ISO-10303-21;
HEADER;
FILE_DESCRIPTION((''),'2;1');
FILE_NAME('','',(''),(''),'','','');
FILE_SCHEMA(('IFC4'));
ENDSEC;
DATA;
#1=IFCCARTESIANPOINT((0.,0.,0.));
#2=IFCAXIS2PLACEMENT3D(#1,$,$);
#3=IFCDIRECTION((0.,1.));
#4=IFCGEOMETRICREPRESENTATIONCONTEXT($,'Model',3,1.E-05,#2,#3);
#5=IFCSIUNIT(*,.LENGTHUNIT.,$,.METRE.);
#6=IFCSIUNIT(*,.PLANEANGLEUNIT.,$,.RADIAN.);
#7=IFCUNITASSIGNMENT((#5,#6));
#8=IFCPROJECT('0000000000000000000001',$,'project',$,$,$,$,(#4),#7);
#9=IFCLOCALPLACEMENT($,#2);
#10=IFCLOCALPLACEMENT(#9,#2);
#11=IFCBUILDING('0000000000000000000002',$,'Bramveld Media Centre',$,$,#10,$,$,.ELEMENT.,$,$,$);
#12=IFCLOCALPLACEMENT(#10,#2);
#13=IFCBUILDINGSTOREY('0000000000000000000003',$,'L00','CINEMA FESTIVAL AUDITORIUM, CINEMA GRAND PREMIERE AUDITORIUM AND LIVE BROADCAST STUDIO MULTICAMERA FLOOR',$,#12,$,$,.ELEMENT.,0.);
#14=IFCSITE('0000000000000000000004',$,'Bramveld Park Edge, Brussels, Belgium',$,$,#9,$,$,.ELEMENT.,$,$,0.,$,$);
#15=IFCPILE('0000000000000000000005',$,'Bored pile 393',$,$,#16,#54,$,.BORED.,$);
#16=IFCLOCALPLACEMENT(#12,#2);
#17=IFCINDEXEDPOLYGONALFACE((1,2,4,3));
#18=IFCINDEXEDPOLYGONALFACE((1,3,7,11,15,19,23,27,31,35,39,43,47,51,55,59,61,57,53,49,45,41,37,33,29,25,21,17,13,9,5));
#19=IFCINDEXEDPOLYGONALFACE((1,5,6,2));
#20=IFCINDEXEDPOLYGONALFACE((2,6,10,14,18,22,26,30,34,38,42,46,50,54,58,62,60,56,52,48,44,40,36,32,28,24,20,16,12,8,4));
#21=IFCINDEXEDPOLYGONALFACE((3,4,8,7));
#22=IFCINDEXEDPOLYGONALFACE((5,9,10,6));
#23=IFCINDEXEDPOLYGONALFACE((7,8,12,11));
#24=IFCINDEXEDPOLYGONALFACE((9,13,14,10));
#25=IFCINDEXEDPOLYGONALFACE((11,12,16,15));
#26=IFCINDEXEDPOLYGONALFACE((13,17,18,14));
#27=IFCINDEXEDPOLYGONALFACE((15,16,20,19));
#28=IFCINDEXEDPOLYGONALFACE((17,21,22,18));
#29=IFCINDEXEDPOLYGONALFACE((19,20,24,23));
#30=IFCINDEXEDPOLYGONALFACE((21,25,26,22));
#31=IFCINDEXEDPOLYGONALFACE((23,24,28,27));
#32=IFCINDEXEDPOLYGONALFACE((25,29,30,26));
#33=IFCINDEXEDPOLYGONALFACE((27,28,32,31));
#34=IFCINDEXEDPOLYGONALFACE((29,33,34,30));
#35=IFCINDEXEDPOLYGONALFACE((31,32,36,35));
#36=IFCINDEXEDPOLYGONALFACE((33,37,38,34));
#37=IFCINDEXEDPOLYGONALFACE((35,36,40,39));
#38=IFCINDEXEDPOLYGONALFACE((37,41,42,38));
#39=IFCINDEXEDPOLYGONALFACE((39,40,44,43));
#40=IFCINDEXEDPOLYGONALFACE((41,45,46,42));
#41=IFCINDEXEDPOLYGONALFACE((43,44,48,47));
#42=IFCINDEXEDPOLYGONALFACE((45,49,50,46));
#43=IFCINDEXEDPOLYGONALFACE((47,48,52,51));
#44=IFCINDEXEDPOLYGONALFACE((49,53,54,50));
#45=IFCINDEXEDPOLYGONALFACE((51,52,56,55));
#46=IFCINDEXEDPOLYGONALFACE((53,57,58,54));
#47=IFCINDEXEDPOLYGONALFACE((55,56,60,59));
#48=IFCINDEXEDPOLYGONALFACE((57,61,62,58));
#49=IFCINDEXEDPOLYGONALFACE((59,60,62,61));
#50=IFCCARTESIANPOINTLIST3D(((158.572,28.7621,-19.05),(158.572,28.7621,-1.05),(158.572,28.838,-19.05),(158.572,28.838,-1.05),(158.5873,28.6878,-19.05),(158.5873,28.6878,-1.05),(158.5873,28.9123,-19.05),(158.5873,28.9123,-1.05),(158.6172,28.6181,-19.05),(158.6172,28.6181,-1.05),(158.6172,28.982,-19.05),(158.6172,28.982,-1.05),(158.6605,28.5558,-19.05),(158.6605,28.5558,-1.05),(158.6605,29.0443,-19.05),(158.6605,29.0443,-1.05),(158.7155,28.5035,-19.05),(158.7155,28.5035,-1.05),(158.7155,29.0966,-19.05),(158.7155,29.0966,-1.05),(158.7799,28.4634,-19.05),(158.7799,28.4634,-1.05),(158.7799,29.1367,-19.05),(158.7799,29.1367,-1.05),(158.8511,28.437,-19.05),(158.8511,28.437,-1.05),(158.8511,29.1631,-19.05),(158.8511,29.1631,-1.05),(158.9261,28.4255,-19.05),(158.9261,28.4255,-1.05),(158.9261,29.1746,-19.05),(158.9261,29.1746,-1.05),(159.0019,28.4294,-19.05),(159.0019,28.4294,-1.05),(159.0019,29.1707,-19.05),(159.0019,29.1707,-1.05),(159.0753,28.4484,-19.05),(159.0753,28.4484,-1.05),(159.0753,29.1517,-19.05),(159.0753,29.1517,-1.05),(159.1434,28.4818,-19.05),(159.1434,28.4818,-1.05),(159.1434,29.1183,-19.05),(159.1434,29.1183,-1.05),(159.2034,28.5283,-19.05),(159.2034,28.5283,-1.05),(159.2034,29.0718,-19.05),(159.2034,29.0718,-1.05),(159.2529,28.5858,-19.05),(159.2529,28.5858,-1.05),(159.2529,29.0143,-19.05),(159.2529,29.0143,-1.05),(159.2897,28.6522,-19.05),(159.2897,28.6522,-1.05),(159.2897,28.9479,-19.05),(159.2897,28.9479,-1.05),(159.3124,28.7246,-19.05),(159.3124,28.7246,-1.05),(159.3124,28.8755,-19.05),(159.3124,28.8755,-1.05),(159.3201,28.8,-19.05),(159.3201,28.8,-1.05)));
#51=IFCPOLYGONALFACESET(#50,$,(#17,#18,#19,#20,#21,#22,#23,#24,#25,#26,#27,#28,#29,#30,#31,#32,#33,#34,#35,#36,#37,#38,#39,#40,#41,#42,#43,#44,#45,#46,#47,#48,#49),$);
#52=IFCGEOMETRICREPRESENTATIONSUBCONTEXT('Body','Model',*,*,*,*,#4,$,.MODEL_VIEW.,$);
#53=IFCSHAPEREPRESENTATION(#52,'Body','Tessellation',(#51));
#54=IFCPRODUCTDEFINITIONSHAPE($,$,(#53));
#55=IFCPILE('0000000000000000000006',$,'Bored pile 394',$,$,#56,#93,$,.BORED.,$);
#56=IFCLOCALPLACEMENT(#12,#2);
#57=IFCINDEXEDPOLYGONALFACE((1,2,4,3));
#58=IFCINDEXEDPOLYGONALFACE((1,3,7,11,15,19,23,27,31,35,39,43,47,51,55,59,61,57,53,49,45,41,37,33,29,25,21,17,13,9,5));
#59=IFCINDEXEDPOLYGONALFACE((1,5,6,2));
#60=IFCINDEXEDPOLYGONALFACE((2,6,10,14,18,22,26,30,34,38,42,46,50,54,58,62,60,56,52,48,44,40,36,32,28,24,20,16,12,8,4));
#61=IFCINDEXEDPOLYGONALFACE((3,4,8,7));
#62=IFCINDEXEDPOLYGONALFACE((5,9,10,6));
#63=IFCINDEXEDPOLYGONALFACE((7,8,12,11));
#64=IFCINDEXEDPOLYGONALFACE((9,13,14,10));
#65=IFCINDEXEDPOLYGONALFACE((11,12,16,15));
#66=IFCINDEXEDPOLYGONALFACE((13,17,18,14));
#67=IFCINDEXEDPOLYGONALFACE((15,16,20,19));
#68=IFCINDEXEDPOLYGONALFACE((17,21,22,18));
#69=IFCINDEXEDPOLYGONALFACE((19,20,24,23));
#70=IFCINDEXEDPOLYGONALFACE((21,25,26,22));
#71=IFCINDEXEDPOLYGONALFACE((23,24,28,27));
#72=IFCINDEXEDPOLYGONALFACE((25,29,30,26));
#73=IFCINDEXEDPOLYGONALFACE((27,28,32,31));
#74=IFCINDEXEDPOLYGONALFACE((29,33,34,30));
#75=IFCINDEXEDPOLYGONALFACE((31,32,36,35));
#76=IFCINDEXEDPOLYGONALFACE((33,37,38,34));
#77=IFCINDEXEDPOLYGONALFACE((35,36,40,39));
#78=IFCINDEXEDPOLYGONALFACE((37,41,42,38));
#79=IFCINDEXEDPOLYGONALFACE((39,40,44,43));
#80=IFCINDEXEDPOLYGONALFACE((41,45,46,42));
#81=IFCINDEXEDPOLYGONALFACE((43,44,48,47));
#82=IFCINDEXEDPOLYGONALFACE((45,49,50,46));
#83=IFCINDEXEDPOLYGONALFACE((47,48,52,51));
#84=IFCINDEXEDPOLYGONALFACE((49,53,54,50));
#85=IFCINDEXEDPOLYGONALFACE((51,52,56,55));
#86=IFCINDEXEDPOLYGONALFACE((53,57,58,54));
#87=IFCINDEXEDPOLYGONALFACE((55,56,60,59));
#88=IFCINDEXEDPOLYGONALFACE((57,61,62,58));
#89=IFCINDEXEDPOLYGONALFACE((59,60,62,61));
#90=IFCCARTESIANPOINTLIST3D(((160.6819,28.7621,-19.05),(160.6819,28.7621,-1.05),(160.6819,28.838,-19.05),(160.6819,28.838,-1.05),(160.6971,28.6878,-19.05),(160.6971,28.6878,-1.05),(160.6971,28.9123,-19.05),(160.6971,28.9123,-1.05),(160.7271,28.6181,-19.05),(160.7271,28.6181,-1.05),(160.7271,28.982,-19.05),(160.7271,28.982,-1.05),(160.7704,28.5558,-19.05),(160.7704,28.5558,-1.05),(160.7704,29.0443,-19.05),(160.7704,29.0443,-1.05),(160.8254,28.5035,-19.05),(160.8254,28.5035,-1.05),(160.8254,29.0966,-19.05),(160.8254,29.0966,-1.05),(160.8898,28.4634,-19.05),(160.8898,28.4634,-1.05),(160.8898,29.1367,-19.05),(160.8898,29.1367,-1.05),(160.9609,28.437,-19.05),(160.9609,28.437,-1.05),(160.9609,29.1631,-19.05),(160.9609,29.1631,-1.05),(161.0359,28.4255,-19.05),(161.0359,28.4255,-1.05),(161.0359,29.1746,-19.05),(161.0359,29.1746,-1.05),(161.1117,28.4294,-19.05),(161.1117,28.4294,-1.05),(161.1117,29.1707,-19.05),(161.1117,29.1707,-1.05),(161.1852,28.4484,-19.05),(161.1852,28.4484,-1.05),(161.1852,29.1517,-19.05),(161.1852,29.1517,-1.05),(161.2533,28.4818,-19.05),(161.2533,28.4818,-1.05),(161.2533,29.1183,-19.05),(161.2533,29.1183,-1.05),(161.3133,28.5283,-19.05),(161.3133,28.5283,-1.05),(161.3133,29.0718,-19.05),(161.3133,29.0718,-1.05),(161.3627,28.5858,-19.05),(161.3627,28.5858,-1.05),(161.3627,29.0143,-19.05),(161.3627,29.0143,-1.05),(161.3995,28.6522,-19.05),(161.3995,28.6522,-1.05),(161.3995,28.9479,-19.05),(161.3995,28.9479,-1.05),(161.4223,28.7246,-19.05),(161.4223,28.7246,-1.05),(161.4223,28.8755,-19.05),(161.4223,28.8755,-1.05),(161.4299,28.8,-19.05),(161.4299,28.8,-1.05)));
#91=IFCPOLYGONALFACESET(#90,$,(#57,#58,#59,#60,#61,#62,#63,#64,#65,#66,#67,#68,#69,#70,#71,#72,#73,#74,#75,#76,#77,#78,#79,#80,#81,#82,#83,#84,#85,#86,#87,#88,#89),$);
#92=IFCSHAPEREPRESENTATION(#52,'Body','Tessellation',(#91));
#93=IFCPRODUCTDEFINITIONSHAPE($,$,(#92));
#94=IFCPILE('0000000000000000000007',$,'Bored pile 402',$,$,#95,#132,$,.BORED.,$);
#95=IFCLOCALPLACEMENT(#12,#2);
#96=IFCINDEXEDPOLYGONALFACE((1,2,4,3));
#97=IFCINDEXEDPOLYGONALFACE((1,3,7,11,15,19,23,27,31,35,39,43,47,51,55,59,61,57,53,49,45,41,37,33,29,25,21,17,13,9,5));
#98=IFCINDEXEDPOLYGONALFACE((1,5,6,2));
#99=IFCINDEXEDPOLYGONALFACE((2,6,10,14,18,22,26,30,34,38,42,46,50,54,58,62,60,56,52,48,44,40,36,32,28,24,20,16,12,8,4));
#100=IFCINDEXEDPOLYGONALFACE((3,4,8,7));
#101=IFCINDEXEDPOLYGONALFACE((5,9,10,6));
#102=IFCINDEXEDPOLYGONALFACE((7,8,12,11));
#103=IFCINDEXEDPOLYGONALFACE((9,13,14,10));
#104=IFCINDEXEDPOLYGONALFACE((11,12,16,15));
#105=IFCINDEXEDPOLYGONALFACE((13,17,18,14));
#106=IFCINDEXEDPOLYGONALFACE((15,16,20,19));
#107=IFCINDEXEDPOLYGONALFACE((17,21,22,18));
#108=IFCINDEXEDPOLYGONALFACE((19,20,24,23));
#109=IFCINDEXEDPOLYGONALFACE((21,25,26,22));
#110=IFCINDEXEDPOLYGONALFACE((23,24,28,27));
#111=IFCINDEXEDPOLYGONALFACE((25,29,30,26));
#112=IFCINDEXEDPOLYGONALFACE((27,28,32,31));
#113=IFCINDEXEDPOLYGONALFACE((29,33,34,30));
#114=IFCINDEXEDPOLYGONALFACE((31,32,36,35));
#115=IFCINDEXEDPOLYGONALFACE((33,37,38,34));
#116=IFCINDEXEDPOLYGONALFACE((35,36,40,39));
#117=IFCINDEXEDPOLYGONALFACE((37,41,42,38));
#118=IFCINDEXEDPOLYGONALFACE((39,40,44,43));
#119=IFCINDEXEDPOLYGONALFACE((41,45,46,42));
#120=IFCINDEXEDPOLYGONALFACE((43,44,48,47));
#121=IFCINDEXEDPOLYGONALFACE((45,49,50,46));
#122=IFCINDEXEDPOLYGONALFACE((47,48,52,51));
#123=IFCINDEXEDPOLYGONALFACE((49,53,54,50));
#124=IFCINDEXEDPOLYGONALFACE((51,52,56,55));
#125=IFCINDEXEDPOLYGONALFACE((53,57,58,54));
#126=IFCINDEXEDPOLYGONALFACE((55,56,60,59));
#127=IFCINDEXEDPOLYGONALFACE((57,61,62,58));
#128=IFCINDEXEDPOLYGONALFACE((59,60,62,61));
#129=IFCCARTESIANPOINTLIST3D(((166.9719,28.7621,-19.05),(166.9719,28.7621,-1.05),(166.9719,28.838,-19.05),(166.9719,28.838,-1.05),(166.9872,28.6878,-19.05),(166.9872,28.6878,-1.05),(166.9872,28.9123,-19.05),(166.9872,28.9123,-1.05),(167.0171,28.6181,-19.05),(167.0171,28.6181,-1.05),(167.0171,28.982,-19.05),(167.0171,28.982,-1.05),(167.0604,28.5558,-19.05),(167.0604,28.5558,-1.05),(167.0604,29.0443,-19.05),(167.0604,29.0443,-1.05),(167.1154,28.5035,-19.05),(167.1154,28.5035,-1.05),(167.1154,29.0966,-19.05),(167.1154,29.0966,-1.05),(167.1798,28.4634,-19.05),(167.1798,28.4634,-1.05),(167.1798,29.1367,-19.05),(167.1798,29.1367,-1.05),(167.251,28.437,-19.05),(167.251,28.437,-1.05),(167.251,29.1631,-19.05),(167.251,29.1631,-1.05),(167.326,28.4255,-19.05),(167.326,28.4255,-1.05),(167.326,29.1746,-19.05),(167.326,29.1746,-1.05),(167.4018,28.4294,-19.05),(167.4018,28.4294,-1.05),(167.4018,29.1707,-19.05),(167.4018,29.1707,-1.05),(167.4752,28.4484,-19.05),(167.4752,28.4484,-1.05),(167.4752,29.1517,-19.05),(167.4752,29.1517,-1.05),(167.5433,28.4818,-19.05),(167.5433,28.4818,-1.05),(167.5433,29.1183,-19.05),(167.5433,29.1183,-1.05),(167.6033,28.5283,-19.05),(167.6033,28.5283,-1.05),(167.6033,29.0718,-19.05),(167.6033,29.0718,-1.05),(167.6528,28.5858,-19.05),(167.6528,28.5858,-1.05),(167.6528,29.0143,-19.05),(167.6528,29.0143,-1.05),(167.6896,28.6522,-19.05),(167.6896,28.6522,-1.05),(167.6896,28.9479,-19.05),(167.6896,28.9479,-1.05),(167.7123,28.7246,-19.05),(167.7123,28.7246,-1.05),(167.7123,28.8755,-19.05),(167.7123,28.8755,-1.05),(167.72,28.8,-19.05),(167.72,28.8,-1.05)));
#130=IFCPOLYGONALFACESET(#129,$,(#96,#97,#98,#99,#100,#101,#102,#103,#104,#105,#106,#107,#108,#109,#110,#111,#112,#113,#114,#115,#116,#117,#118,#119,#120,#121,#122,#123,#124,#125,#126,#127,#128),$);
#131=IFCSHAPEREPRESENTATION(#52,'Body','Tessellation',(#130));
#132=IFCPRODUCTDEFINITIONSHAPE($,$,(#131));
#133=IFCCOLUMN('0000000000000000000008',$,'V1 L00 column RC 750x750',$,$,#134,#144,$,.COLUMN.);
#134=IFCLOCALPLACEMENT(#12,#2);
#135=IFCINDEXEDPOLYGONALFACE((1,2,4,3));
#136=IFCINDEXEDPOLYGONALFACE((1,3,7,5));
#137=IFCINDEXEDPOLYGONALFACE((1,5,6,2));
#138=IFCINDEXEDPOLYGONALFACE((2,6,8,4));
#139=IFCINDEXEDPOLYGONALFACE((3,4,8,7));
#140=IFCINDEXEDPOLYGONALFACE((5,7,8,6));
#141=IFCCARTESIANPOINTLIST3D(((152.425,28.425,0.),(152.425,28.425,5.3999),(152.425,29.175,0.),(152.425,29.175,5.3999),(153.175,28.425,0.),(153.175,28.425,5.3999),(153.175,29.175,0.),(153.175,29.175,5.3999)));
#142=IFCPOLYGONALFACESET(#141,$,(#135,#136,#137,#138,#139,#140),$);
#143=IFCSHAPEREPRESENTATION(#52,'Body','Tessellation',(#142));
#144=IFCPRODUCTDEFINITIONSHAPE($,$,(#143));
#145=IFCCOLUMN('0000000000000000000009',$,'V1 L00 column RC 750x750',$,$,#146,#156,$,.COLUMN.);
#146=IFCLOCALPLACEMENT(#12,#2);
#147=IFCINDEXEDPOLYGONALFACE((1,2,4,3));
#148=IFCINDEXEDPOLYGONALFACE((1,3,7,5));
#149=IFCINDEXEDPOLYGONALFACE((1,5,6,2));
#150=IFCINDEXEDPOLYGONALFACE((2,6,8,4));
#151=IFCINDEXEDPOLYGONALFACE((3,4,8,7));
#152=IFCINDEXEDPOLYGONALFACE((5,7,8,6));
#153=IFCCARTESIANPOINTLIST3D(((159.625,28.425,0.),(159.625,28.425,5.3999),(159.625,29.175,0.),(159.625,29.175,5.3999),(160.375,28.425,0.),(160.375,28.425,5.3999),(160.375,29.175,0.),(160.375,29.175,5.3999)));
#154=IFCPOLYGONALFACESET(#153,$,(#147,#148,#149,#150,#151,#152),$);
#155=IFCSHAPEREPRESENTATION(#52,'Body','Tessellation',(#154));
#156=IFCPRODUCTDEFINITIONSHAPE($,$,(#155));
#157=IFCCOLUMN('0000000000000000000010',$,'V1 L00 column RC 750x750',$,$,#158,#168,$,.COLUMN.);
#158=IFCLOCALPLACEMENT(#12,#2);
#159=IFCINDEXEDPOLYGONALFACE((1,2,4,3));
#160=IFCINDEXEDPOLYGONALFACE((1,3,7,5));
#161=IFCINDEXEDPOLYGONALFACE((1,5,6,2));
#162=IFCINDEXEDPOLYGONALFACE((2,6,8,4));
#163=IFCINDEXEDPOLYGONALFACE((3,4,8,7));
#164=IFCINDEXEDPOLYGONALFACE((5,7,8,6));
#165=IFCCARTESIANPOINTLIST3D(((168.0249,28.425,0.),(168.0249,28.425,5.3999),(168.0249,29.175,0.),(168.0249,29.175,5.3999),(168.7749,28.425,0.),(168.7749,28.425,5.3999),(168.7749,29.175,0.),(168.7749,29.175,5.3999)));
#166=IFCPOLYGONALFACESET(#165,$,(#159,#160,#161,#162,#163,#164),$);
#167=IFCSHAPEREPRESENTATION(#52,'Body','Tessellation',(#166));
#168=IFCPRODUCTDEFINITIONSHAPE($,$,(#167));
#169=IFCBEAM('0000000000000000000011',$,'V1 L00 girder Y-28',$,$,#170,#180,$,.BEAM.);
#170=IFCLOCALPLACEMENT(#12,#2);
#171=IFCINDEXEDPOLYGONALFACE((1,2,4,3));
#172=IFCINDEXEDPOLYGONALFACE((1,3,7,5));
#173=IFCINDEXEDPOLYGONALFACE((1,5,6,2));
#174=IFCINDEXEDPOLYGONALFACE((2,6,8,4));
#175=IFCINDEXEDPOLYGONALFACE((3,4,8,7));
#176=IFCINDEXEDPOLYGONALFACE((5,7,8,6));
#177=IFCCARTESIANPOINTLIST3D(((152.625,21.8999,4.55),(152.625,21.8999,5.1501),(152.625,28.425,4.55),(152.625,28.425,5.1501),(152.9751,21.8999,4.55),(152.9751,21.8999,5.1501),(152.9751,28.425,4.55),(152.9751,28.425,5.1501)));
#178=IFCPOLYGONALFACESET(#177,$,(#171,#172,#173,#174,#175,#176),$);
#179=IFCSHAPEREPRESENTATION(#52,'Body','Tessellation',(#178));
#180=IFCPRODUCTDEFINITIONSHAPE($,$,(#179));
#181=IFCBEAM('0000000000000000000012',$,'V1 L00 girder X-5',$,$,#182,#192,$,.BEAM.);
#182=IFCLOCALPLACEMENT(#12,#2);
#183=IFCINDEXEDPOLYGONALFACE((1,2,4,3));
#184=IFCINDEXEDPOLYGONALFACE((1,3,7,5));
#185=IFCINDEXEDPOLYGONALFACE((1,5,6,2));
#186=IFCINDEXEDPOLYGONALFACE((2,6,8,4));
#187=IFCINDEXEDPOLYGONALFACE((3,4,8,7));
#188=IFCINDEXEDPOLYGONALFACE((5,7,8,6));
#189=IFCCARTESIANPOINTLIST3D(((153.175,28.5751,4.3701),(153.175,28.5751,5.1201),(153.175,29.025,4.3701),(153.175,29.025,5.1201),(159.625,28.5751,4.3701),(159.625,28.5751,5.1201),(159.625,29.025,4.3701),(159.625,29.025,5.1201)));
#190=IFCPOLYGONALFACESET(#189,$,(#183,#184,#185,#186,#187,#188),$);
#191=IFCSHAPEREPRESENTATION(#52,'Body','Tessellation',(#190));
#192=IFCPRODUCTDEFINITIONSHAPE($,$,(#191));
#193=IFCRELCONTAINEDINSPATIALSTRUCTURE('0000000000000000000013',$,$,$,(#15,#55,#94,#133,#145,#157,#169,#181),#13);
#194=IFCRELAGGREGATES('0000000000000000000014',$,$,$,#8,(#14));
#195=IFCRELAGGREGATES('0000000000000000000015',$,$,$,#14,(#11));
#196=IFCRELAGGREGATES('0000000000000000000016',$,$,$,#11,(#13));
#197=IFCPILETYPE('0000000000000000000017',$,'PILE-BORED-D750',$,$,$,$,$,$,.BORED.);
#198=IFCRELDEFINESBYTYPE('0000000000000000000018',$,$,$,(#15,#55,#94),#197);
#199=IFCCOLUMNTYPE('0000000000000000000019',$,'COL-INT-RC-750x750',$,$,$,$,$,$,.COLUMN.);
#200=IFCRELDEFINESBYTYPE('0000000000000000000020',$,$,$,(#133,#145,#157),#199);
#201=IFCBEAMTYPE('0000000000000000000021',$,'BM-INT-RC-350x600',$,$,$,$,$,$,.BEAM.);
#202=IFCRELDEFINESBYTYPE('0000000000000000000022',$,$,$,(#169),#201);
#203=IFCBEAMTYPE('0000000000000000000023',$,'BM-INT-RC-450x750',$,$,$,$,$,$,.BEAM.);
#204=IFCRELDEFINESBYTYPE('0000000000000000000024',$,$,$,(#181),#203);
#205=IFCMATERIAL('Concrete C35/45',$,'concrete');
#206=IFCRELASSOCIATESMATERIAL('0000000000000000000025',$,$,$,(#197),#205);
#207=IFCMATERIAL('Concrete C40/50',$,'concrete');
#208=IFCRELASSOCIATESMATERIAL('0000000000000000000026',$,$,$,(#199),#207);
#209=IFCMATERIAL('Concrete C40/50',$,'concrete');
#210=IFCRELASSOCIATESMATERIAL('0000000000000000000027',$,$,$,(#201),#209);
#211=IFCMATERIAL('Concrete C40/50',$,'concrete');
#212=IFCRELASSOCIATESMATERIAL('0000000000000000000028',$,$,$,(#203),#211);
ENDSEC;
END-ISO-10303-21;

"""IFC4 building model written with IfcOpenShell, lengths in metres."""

from ifc_helpers import new_model, si_unit, direction, frame, origin, origin_2d, place, context, subcontext, project, spatial, rectangle, circle, extrude, material, material_profile, profile_set, type_object, element, save


model = new_model("IFC4")

# Units and contexts
model_context = context("Model", 3, precision=1e-05, world=origin(), true_north=direction((0.0, 1.0)))
body_context = subcontext(model_context, "Body", "Model", "MODEL_VIEW")
ifc_project = project(units=[si_unit("LENGTHUNIT", "METRE"), si_unit("PLANEANGLEUNIT", "RADIAN")], contexts=[model_context])

# Site, building, storey
site_placement = place(None, origin())
site = spatial("IfcSite", under=ifc_project, at=site_placement, Name="Bramveld Park Edge, Brussels, Belgium", CompositionType="ELEMENT", RefElevation=0.0)
building_placement = place(site_placement, origin())
building = spatial("IfcBuilding", under=site, at=building_placement, Name="Bramveld Media Centre", CompositionType="ELEMENT")
storey_placement = place(building_placement, origin())
storey = spatial("IfcBuildingStorey", under=building, at=storey_placement, Name="L00", Description="CINEMA FESTIVAL AUDITORIUM, CINEMA GRAND PREMIERE AUDITORIUM AND LIVE BROADCAST STUDIO MULTICAMERA FLOOR", CompositionType="ELEMENT", Elevation=0.0)

# Piles
ifc_material_1 = material(Name="Concrete C35/45", Category="concrete")
ifc_material_profile_1 = material_profile(ifc_material_1, circle(Radius=0.375, at=origin_2d()), Name="BORED D750")
ifc_profile_set_1 = profile_set([ifc_material_profile_1], Name="Concrete C35/45")
pile_type_1 = type_object("IfcPileType", Name="PILE-BORED-D750", PredefinedType="BORED", material=ifc_profile_set_1)
for number, where, z_axis, x_axis, name in (
    (1, (158.9451, 28.8, -1.05), (0.0, 0.0, -1.0), (1.0, 0.0, 0.0), "Bored pile 393"),
    (2, (161.0549, 28.8, -1.05), (0.0, 0.0, -1.0), (1.0, 0.0, 0.0), "Bored pile 394"),
    (3, (167.345, 28.8, -1.05), (0.0, 0.0, -1.0), (1.0, 0.0, 0.0), "Bored pile 402"),
):
    element("IfcPile", number, at=place(storey_placement, frame(where, z_axis=z_axis, x_axis=x_axis)), inside=storey, type_object=pile_type_1, Name=name, PredefinedType="BORED", context=body_context, shape_type="SweptSolid", body=[
        extrude(circle(Radius=0.375, at=origin_2d()), origin(), (0.0, 0.0, 1.0), 18.0),
    ])

# Columns
ifc_material_2 = material(Name="Concrete C40/50", Category="concrete")
ifc_material_profile_2 = material_profile(ifc_material_2, rectangle(XDim=0.75, YDim=0.75, at=origin_2d()), Name="RC 750x750")
ifc_profile_set_2 = profile_set([ifc_material_profile_2], Name="Concrete C40/50")
column_type = type_object("IfcColumnType", Name="COL-INT-RC-750x750", PredefinedType="COLUMN", material=ifc_profile_set_2)
for number, where, z_axis, x_axis, name in (
    (4, (152.8, 28.8, 0.0), (0.0, 0.0, 1.0), (1.0, 0.0, 0.0), "V1 L00 column RC 750x750"),
    (5, (160.0, 28.8, 0.0), (0.0, 0.0, 1.0), (1.0, 0.0, 0.0), "V1 L00 column RC 750x750"),
    (6, (168.3999, 28.8, 0.0), (0.0, 0.0, 1.0), (1.0, 0.0, 0.0), "V1 L00 column RC 750x750"),
):
    element("IfcColumn", number, at=place(storey_placement, frame(where, z_axis=z_axis, x_axis=x_axis)), inside=storey, type_object=column_type, Name=name, PredefinedType="COLUMN", context=body_context, shape_type="SweptSolid", body=[
        extrude(rectangle(XDim=0.75, YDim=0.75, at=origin_2d()), origin(), (0.0, 0.0, 1.0), 5.3999),
    ])

# Beams
ifc_material_3 = material(Name="Concrete C40/50", Category="concrete")
ifc_material_profile_3 = material_profile(ifc_material_3, rectangle(XDim=0.3501, YDim=0.6001, at=origin_2d()), Name="RC 350x600")
ifc_profile_set_3 = profile_set([ifc_material_profile_3], Name="Concrete C40/50")
beam_type_1 = type_object("IfcBeamType", Name="BM-INT-RC-350x600", PredefinedType="BEAM", material=ifc_profile_set_3)
beam_1_placement = place(storey_placement, frame((152.8, 21.8999, 4.8501), z_axis=(0.0, 1.0, 0.0), x_axis=(-1.0, 0.0, 0.0)))
element("IfcBeam", 7, at=beam_1_placement, inside=storey, type_object=beam_type_1, Name="V1 L00 girder Y-28", PredefinedType="BEAM", context=body_context, shape_type="SweptSolid", body=[
    extrude(rectangle(XDim=0.3501, YDim=0.6001, at=origin_2d()), origin(), (0.0, 0.0, 1.0), 6.5251),
])
ifc_material_4 = material(Name="Concrete C40/50", Category="concrete")
ifc_material_profile_4 = material_profile(ifc_material_4, rectangle(XDim=0.45, YDim=0.75, at=origin_2d()), Name="RC 450x750")
ifc_profile_set_4 = profile_set([ifc_material_profile_4], Name="Concrete C40/50")
beam_type_2 = type_object("IfcBeamType", Name="BM-INT-RC-450x750", PredefinedType="BEAM", material=ifc_profile_set_4)
beam_2_placement = place(storey_placement, frame((153.175, 28.8, 4.7451), z_axis=(1.0, 0.0, 0.0), x_axis=(0.0, 1.0, 0.0)))
element("IfcBeam", 8, at=beam_2_placement, inside=storey, type_object=beam_type_2, Name="V1 L00 girder X-5", PredefinedType="BEAM", context=body_context, shape_type="SweptSolid", body=[
    extrude(rectangle(XDim=0.45, YDim=0.75, at=origin_2d()), origin(), (0.0, 0.0, 1.0), 6.45),
])

save(model, "model.ifc")
